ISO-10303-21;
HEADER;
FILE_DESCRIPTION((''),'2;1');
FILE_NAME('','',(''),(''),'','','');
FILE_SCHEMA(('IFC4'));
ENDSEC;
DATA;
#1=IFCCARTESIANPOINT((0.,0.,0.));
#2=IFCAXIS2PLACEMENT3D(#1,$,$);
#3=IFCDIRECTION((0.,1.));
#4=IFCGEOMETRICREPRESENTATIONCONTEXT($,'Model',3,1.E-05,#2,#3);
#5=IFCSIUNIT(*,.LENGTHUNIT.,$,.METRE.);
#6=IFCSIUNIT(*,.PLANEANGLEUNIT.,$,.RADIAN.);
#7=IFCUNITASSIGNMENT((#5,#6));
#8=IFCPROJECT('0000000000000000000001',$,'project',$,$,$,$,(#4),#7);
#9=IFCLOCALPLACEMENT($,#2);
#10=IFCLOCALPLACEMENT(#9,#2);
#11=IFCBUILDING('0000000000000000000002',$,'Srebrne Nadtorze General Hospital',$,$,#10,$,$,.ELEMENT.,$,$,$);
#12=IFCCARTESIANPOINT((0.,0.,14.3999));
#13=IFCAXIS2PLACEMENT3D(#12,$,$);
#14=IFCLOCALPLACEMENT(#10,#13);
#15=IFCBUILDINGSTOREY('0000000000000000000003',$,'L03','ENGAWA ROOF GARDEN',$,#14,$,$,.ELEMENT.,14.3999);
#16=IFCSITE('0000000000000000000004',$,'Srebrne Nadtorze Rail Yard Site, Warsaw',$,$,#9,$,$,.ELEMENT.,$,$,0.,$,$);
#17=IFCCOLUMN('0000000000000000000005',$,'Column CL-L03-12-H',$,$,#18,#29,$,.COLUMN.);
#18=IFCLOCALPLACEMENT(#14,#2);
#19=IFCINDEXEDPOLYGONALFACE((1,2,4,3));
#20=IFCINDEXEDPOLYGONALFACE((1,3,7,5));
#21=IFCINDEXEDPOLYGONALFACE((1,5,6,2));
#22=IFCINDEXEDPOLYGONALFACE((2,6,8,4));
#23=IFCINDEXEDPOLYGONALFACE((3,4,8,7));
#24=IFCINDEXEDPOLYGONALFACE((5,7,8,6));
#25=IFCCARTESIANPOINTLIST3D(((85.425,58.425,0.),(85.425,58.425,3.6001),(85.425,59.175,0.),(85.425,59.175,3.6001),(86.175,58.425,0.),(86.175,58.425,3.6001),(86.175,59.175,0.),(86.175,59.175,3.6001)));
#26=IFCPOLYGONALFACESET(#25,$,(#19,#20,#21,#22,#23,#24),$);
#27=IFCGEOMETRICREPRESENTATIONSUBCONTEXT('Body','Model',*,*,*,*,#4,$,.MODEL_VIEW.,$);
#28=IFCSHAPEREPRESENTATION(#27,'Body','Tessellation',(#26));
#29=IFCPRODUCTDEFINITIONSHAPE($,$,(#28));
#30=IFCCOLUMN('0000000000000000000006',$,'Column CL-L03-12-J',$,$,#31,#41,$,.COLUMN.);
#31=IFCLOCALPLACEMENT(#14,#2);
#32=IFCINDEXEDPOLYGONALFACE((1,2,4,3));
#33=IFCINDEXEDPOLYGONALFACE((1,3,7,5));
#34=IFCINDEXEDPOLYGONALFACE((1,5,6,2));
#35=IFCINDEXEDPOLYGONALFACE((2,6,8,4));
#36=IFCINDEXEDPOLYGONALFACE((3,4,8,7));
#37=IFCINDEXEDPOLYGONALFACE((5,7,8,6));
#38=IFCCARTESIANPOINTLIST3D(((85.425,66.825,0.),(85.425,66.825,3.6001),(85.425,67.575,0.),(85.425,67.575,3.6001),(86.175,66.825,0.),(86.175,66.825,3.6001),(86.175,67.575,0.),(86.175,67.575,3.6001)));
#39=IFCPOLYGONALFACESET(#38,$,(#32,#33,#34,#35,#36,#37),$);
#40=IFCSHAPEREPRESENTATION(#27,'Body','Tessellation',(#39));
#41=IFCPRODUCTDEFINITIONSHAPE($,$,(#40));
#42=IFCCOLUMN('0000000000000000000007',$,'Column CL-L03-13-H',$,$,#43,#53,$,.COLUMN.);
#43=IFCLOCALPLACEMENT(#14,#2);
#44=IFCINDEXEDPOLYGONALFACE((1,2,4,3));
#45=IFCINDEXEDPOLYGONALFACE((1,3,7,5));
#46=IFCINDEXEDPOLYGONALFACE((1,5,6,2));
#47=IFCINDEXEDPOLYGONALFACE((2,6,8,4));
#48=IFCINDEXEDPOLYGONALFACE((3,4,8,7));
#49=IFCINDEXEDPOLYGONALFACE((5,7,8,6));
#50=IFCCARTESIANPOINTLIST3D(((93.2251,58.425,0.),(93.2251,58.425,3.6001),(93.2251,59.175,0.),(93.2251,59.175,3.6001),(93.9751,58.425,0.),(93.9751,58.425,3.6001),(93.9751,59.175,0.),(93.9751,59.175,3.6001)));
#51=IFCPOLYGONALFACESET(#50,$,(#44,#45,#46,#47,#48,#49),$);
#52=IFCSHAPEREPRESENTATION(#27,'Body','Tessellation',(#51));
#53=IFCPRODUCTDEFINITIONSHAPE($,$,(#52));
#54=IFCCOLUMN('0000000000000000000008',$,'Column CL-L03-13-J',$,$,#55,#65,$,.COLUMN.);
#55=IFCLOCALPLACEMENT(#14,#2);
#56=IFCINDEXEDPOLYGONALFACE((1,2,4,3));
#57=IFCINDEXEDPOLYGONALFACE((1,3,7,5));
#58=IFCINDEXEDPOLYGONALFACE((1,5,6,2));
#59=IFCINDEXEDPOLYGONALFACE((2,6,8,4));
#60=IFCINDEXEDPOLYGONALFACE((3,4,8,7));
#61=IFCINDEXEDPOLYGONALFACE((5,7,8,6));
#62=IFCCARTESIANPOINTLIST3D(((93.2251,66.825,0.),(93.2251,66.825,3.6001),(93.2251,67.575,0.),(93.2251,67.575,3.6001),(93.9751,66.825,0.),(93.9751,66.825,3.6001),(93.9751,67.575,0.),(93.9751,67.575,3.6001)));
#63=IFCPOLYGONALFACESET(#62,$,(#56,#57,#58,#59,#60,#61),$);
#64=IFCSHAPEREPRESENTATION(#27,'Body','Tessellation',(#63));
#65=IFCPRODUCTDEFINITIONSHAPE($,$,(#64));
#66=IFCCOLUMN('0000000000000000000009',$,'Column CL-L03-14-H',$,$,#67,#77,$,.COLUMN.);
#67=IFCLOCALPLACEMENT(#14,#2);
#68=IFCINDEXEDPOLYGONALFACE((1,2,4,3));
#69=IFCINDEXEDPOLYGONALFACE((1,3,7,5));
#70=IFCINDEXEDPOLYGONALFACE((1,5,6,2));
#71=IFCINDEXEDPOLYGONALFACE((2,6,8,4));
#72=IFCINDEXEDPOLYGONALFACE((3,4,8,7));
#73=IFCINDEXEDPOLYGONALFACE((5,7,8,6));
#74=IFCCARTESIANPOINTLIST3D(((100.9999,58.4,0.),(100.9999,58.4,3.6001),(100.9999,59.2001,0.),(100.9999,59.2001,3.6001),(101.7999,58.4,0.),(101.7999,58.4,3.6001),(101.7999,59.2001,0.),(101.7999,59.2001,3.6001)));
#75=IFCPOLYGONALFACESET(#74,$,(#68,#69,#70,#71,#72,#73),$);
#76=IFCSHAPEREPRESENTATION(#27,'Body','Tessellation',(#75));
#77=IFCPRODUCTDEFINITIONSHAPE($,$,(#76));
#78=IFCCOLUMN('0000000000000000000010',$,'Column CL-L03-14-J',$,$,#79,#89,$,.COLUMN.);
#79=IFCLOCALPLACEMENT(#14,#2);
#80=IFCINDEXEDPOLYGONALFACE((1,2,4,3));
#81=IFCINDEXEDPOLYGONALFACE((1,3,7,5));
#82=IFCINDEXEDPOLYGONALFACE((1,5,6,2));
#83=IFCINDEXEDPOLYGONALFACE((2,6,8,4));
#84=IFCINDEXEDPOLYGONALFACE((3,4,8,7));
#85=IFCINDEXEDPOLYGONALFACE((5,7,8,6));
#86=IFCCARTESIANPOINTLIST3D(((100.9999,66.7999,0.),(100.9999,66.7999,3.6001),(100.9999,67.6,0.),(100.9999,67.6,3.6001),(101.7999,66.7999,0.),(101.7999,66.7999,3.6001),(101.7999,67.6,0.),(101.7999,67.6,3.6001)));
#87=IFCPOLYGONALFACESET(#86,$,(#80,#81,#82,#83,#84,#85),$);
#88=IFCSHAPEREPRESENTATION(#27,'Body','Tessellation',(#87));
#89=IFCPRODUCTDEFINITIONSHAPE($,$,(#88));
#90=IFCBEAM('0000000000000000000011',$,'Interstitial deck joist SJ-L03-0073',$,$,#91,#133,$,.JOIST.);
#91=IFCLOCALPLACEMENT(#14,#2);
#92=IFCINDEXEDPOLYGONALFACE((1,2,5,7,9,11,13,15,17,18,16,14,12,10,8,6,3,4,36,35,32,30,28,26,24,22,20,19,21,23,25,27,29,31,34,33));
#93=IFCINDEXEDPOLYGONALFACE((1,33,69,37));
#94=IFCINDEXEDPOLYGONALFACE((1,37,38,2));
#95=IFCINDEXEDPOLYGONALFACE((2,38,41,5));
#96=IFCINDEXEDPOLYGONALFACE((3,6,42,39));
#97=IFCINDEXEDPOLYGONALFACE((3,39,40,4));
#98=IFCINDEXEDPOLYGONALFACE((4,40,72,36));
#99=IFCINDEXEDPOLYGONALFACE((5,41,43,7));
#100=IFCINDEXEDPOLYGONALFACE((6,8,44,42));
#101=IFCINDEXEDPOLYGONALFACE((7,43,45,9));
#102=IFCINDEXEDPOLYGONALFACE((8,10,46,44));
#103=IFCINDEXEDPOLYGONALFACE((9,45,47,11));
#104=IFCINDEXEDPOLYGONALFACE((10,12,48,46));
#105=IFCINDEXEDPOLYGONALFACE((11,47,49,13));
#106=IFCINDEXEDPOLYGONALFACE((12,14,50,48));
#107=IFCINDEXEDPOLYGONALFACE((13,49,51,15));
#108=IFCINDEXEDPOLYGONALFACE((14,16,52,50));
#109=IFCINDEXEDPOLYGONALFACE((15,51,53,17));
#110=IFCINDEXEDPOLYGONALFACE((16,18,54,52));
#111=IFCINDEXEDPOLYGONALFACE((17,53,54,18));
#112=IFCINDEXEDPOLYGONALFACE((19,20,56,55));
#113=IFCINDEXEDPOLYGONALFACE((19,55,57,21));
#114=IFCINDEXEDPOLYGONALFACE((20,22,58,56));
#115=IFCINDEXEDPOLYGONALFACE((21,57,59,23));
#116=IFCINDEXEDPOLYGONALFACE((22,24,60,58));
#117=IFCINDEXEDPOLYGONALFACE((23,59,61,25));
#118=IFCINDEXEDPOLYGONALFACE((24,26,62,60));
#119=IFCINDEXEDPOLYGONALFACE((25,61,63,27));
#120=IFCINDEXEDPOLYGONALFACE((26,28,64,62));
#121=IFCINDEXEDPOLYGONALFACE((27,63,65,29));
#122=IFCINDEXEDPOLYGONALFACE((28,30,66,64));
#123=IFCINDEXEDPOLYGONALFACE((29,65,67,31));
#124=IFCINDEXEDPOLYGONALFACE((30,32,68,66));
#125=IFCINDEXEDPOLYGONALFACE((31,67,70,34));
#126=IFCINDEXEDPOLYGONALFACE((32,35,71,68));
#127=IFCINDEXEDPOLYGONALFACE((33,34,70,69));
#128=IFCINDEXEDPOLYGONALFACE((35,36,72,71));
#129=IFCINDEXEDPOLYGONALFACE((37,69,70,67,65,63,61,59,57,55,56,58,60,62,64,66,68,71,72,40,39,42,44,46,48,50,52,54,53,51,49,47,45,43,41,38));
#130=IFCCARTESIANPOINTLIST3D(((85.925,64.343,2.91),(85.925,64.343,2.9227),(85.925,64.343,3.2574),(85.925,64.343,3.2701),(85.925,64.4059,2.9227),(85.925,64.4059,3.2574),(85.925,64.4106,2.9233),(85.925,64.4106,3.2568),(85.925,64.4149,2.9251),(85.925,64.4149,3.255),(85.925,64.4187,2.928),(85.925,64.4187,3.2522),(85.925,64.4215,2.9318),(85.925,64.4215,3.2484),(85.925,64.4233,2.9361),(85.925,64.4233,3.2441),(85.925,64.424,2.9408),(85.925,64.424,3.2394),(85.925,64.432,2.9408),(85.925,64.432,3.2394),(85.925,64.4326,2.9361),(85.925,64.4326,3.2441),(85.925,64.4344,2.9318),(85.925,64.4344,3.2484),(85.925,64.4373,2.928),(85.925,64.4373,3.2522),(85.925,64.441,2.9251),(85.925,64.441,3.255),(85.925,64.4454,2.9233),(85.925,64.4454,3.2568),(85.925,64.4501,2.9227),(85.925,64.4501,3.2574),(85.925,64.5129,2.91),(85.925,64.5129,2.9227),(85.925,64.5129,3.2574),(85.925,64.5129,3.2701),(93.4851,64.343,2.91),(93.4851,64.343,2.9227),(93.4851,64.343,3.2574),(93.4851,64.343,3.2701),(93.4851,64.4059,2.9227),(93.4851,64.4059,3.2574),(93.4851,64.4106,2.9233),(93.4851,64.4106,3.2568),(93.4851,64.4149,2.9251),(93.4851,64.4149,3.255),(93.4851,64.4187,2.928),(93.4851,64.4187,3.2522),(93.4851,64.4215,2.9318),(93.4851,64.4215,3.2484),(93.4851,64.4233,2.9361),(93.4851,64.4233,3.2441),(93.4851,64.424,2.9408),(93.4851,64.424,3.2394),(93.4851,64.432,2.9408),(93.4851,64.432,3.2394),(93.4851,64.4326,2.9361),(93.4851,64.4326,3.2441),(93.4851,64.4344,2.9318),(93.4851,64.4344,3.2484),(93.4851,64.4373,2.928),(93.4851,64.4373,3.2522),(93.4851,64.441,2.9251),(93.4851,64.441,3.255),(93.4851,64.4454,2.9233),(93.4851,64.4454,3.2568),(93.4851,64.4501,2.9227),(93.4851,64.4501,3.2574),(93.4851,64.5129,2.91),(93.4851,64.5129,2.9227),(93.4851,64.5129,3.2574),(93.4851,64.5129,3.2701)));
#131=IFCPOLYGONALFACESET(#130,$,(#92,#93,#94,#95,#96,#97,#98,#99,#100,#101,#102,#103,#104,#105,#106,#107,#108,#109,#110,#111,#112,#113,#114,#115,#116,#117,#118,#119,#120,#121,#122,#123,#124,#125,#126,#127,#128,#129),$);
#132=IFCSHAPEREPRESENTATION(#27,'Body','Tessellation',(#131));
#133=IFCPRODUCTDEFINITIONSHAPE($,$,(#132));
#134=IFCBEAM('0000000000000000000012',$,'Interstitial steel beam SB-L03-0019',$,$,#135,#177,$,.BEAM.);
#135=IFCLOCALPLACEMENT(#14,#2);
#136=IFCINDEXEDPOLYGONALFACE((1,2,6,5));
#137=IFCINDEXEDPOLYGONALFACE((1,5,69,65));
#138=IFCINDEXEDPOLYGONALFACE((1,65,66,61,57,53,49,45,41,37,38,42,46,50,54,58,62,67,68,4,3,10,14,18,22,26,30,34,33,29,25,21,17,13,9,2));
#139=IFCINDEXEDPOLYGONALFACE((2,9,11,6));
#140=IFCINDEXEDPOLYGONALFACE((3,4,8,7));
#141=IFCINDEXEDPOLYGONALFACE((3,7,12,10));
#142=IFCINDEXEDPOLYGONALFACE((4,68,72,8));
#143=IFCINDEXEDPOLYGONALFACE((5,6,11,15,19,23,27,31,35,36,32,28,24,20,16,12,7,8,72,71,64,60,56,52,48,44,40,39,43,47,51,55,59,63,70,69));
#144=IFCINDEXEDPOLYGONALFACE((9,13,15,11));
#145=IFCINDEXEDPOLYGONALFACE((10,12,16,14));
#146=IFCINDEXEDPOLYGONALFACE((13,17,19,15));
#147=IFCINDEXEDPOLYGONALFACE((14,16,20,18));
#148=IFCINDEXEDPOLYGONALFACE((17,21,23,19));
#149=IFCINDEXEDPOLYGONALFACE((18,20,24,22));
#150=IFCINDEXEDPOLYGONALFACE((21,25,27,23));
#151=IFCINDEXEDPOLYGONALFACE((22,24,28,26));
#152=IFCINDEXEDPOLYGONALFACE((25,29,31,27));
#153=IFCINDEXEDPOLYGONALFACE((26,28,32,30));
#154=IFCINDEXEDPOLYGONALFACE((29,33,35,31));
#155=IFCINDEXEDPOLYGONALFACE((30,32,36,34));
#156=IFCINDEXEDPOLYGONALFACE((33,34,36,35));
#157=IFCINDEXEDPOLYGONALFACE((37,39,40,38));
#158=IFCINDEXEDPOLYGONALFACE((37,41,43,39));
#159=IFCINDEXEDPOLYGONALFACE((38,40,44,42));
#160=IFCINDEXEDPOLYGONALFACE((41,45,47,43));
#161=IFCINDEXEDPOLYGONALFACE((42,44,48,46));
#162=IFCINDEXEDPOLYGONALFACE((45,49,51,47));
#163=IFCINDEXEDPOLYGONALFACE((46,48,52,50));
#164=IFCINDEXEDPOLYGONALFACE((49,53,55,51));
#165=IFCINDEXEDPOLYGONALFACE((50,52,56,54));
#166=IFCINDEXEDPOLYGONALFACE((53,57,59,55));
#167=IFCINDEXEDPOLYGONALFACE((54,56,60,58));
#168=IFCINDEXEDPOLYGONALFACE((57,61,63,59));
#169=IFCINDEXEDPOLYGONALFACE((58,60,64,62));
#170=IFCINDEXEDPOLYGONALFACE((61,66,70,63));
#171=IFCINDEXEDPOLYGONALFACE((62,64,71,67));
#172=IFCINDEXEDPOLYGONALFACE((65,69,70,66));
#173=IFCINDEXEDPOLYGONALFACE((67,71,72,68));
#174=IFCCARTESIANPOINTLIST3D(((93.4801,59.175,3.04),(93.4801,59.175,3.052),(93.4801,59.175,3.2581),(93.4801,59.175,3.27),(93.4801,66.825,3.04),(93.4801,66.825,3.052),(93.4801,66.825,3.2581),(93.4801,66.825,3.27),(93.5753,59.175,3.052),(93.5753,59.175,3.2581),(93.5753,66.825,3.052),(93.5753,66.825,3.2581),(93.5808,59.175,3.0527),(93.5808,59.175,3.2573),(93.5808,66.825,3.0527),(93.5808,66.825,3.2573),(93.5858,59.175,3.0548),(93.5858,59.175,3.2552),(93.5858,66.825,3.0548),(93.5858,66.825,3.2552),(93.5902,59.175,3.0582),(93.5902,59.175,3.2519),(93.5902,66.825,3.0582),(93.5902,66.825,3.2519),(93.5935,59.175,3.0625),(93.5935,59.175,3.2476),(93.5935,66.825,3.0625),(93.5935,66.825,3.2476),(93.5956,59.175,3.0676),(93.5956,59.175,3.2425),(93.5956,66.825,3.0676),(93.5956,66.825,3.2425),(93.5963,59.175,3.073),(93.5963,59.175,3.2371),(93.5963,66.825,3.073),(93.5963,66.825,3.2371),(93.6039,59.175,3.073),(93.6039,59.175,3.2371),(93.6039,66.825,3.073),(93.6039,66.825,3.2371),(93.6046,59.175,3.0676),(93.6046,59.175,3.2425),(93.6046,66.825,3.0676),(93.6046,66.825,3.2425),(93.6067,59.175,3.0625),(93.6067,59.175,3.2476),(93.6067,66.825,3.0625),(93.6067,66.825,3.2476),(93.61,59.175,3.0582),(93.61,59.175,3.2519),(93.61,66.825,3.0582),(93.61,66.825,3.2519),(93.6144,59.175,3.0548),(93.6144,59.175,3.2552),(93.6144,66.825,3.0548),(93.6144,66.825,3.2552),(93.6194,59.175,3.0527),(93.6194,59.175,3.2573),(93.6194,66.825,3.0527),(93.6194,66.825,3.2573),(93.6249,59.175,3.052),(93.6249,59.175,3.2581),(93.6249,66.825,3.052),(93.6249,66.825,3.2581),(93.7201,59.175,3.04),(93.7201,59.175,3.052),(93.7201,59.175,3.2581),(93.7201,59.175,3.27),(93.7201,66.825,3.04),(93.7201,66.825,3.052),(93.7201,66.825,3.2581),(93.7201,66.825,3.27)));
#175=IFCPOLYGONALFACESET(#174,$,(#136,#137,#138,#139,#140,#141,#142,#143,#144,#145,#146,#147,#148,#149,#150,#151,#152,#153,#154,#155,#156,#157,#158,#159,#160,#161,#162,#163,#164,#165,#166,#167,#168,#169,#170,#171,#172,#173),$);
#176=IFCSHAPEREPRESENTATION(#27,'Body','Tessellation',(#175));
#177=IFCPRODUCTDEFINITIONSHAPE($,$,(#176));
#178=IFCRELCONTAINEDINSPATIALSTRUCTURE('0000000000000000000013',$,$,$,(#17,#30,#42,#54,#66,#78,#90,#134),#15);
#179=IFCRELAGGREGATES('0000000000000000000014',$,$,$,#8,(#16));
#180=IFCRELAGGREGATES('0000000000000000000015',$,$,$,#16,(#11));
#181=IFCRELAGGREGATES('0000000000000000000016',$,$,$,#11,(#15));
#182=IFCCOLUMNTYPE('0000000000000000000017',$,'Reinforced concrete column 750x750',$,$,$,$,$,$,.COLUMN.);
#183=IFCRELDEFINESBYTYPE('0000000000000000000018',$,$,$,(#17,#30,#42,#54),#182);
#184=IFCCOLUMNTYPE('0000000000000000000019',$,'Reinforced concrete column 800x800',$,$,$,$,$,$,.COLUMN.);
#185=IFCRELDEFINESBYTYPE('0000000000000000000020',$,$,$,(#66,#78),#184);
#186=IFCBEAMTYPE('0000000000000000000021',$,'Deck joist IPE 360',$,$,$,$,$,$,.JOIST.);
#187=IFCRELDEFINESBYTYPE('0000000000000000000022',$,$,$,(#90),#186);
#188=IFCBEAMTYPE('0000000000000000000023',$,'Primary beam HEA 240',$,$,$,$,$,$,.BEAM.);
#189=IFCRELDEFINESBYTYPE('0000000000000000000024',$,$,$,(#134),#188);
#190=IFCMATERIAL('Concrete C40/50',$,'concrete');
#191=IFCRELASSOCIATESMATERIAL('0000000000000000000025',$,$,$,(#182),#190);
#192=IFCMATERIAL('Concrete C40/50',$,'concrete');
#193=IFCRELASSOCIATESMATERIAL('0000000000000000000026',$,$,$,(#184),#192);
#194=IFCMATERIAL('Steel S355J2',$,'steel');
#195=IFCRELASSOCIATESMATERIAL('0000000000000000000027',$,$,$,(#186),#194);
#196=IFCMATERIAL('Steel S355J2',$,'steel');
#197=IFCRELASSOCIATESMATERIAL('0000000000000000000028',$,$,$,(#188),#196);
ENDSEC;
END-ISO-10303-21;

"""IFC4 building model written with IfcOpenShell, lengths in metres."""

from ifc_helpers import new_model, si_unit, direction, frame, origin, origin_2d, place, context, subcontext, project, spatial, rectangle, i_section, extrude, material, material_profile, profile_set, type_object, element, save


model = new_model("IFC4")

# Units and contexts
model_context = context("Model", 3, precision=1e-05, world=origin(), true_north=direction((0.0, 1.0)))
body_context = subcontext(model_context, "Body", "Model", "MODEL_VIEW")
ifc_project = project(units=[si_unit("LENGTHUNIT", "METRE"), si_unit("PLANEANGLEUNIT", "RADIAN")], contexts=[model_context])

# Site, building, storey
site_placement = place(None, origin())
site = spatial("IfcSite", under=ifc_project, at=site_placement, Name="Srebrne Nadtorze Rail Yard Site, Warsaw", CompositionType="ELEMENT", RefElevation=0.0)
building_placement = place(site_placement, origin())
building = spatial("IfcBuilding", under=site, at=building_placement, Name="Srebrne Nadtorze General Hospital", CompositionType="ELEMENT")
storey_placement = place(building_placement, frame((0.0, 0.0, 14.3999)))
storey = spatial("IfcBuildingStorey", under=building, at=storey_placement, Name="L03", Description="ENGAWA ROOF GARDEN", CompositionType="ELEMENT", Elevation=14.3999)

# Columns
ifc_material_1 = material(Name="Concrete C40/50", Category="concrete")
ifc_material_profile_1 = material_profile(ifc_material_1, rectangle(XDim=0.75, YDim=0.75, at=origin_2d()), Name="RC-COL-750x750")
ifc_profile_set_1 = profile_set([ifc_material_profile_1], Name="Concrete C40/50")
column_type_1 = type_object("IfcColumnType", Name="Reinforced concrete column 750x750", PredefinedType="COLUMN", material=ifc_profile_set_1)
for number, where, z_axis, x_axis, name in (
    (1, (85.8, 58.8, 0.0), (0.0, 0.0, 1.0), (1.0, 0.0, 0.0), "Column CL-L03-12-H"),
    (2, (85.8, 67.2, 0.0), (0.0, 0.0, 1.0), (1.0, 0.0, 0.0), "Column CL-L03-12-J"),
    (3, (93.6001, 58.8, 0.0), (0.0, 0.0, 1.0), (1.0, 0.0, 0.0), "Column CL-L03-13-H"),
    (4, (93.6001, 67.2, 0.0), (0.0, 0.0, 1.0), (1.0, 0.0, 0.0), "Column CL-L03-13-J"),
):
    element("IfcColumn", number, at=place(storey_placement, frame(where, z_axis=z_axis, x_axis=x_axis)), inside=storey, type_object=column_type_1, Name=name, PredefinedType="COLUMN", context=body_context, shape_type="SweptSolid", body=[
        extrude(rectangle(XDim=0.75, YDim=0.75, at=origin_2d()), origin(), (0.0, 0.0, 1.0), 3.6001),
    ])
ifc_material_2 = material(Name="Concrete C40/50", Category="concrete")
ifc_material_profile_2 = material_profile(ifc_material_2, rectangle(XDim=0.8, YDim=0.8, at=origin_2d()), Name="RC-COL-800x800")
ifc_profile_set_2 = profile_set([ifc_material_profile_2], Name="Concrete C40/50")
column_type_2 = type_object("IfcColumnType", Name="Reinforced concrete column 800x800", PredefinedType="COLUMN", material=ifc_profile_set_2)
for number, where, z_axis, x_axis, name in (
    (5, (101.3999, 58.8, 0.0), (0.0, 0.0, 1.0), (1.0, 0.0, 0.0), "Column CL-L03-14-H"),
    (6, (101.3999, 67.2, 0.0), (0.0, 0.0, 1.0), (1.0, 0.0, 0.0), "Column CL-L03-14-J"),
):
    element("IfcColumn", number, at=place(storey_placement, frame(where, z_axis=z_axis, x_axis=x_axis)), inside=storey, type_object=column_type_2, Name=name, PredefinedType="COLUMN", context=body_context, shape_type="SweptSolid", body=[
        extrude(rectangle(XDim=0.8, YDim=0.8, at=origin_2d()), origin(), (0.0, 0.0, 1.0), 3.6001),
    ])

# Beams
ifc_material_3 = material(Name="Steel S355J2", Category="steel")
ifc_material_profile_3 = material_profile(ifc_material_3, i_section(OverallWidth=0.1699, OverallDepth=0.3601, WebThickness=0.0081, FlangeThickness=0.0127, FilletRadius=0.0181, at=origin_2d()), Name="IPE-360")
ifc_profile_set_3 = profile_set([ifc_material_profile_3], Name="Steel S355J2")
beam_type_1 = type_object("IfcBeamType", Name="Deck joist IPE 360", PredefinedType="JOIST", material=ifc_profile_set_3)
beam_1_placement = place(storey_placement, frame((85.925, 64.428, 3.0901), z_axis=(1.0, 0.0, 0.0), x_axis=(0.0, 1.0, 0.0)))
element("IfcBeam", 7, at=beam_1_placement, inside=storey, type_object=beam_type_1, Name="Interstitial deck joist SJ-L03-0073", PredefinedType="JOIST", context=body_context, shape_type="SweptSolid", body=[
    extrude(i_section(OverallWidth=0.1699, OverallDepth=0.3601, WebThickness=0.0081, FlangeThickness=0.0127, FilletRadius=0.0181, at=origin_2d()), origin(), (0.0, 0.0, 1.0), 7.5601),
])
ifc_material_4 = material(Name="Steel S355J2", Category="steel")
ifc_material_profile_4 = material_profile(ifc_material_4, i_section(OverallWidth=0.24, OverallDepth=0.23, WebThickness=0.0076, FlangeThickness=0.012, FilletRadius=0.021, at=origin_2d()), Name="HEA-240")
ifc_profile_set_4 = profile_set([ifc_material_profile_4], Name="Steel S355J2")
beam_type_2 = type_object("IfcBeamType", Name="Primary beam HEA 240", PredefinedType="BEAM", material=ifc_profile_set_4)
beam_2_placement = place(storey_placement, frame((93.6001, 59.175, 3.155), z_axis=(0.0, 1.0, 0.0), x_axis=(-1.0, 0.0, 0.0)))
element("IfcBeam", 8, at=beam_2_placement, inside=storey, type_object=beam_type_2, Name="Interstitial steel beam SB-L03-0019", PredefinedType="BEAM", context=body_context, shape_type="SweptSolid", body=[
    extrude(i_section(OverallWidth=0.24, OverallDepth=0.23, WebThickness=0.0076, FlangeThickness=0.012, FilletRadius=0.021, at=origin_2d()), origin(), (0.0, 0.0, 1.0), 7.6499),
])

save(model, "model.ifc")
